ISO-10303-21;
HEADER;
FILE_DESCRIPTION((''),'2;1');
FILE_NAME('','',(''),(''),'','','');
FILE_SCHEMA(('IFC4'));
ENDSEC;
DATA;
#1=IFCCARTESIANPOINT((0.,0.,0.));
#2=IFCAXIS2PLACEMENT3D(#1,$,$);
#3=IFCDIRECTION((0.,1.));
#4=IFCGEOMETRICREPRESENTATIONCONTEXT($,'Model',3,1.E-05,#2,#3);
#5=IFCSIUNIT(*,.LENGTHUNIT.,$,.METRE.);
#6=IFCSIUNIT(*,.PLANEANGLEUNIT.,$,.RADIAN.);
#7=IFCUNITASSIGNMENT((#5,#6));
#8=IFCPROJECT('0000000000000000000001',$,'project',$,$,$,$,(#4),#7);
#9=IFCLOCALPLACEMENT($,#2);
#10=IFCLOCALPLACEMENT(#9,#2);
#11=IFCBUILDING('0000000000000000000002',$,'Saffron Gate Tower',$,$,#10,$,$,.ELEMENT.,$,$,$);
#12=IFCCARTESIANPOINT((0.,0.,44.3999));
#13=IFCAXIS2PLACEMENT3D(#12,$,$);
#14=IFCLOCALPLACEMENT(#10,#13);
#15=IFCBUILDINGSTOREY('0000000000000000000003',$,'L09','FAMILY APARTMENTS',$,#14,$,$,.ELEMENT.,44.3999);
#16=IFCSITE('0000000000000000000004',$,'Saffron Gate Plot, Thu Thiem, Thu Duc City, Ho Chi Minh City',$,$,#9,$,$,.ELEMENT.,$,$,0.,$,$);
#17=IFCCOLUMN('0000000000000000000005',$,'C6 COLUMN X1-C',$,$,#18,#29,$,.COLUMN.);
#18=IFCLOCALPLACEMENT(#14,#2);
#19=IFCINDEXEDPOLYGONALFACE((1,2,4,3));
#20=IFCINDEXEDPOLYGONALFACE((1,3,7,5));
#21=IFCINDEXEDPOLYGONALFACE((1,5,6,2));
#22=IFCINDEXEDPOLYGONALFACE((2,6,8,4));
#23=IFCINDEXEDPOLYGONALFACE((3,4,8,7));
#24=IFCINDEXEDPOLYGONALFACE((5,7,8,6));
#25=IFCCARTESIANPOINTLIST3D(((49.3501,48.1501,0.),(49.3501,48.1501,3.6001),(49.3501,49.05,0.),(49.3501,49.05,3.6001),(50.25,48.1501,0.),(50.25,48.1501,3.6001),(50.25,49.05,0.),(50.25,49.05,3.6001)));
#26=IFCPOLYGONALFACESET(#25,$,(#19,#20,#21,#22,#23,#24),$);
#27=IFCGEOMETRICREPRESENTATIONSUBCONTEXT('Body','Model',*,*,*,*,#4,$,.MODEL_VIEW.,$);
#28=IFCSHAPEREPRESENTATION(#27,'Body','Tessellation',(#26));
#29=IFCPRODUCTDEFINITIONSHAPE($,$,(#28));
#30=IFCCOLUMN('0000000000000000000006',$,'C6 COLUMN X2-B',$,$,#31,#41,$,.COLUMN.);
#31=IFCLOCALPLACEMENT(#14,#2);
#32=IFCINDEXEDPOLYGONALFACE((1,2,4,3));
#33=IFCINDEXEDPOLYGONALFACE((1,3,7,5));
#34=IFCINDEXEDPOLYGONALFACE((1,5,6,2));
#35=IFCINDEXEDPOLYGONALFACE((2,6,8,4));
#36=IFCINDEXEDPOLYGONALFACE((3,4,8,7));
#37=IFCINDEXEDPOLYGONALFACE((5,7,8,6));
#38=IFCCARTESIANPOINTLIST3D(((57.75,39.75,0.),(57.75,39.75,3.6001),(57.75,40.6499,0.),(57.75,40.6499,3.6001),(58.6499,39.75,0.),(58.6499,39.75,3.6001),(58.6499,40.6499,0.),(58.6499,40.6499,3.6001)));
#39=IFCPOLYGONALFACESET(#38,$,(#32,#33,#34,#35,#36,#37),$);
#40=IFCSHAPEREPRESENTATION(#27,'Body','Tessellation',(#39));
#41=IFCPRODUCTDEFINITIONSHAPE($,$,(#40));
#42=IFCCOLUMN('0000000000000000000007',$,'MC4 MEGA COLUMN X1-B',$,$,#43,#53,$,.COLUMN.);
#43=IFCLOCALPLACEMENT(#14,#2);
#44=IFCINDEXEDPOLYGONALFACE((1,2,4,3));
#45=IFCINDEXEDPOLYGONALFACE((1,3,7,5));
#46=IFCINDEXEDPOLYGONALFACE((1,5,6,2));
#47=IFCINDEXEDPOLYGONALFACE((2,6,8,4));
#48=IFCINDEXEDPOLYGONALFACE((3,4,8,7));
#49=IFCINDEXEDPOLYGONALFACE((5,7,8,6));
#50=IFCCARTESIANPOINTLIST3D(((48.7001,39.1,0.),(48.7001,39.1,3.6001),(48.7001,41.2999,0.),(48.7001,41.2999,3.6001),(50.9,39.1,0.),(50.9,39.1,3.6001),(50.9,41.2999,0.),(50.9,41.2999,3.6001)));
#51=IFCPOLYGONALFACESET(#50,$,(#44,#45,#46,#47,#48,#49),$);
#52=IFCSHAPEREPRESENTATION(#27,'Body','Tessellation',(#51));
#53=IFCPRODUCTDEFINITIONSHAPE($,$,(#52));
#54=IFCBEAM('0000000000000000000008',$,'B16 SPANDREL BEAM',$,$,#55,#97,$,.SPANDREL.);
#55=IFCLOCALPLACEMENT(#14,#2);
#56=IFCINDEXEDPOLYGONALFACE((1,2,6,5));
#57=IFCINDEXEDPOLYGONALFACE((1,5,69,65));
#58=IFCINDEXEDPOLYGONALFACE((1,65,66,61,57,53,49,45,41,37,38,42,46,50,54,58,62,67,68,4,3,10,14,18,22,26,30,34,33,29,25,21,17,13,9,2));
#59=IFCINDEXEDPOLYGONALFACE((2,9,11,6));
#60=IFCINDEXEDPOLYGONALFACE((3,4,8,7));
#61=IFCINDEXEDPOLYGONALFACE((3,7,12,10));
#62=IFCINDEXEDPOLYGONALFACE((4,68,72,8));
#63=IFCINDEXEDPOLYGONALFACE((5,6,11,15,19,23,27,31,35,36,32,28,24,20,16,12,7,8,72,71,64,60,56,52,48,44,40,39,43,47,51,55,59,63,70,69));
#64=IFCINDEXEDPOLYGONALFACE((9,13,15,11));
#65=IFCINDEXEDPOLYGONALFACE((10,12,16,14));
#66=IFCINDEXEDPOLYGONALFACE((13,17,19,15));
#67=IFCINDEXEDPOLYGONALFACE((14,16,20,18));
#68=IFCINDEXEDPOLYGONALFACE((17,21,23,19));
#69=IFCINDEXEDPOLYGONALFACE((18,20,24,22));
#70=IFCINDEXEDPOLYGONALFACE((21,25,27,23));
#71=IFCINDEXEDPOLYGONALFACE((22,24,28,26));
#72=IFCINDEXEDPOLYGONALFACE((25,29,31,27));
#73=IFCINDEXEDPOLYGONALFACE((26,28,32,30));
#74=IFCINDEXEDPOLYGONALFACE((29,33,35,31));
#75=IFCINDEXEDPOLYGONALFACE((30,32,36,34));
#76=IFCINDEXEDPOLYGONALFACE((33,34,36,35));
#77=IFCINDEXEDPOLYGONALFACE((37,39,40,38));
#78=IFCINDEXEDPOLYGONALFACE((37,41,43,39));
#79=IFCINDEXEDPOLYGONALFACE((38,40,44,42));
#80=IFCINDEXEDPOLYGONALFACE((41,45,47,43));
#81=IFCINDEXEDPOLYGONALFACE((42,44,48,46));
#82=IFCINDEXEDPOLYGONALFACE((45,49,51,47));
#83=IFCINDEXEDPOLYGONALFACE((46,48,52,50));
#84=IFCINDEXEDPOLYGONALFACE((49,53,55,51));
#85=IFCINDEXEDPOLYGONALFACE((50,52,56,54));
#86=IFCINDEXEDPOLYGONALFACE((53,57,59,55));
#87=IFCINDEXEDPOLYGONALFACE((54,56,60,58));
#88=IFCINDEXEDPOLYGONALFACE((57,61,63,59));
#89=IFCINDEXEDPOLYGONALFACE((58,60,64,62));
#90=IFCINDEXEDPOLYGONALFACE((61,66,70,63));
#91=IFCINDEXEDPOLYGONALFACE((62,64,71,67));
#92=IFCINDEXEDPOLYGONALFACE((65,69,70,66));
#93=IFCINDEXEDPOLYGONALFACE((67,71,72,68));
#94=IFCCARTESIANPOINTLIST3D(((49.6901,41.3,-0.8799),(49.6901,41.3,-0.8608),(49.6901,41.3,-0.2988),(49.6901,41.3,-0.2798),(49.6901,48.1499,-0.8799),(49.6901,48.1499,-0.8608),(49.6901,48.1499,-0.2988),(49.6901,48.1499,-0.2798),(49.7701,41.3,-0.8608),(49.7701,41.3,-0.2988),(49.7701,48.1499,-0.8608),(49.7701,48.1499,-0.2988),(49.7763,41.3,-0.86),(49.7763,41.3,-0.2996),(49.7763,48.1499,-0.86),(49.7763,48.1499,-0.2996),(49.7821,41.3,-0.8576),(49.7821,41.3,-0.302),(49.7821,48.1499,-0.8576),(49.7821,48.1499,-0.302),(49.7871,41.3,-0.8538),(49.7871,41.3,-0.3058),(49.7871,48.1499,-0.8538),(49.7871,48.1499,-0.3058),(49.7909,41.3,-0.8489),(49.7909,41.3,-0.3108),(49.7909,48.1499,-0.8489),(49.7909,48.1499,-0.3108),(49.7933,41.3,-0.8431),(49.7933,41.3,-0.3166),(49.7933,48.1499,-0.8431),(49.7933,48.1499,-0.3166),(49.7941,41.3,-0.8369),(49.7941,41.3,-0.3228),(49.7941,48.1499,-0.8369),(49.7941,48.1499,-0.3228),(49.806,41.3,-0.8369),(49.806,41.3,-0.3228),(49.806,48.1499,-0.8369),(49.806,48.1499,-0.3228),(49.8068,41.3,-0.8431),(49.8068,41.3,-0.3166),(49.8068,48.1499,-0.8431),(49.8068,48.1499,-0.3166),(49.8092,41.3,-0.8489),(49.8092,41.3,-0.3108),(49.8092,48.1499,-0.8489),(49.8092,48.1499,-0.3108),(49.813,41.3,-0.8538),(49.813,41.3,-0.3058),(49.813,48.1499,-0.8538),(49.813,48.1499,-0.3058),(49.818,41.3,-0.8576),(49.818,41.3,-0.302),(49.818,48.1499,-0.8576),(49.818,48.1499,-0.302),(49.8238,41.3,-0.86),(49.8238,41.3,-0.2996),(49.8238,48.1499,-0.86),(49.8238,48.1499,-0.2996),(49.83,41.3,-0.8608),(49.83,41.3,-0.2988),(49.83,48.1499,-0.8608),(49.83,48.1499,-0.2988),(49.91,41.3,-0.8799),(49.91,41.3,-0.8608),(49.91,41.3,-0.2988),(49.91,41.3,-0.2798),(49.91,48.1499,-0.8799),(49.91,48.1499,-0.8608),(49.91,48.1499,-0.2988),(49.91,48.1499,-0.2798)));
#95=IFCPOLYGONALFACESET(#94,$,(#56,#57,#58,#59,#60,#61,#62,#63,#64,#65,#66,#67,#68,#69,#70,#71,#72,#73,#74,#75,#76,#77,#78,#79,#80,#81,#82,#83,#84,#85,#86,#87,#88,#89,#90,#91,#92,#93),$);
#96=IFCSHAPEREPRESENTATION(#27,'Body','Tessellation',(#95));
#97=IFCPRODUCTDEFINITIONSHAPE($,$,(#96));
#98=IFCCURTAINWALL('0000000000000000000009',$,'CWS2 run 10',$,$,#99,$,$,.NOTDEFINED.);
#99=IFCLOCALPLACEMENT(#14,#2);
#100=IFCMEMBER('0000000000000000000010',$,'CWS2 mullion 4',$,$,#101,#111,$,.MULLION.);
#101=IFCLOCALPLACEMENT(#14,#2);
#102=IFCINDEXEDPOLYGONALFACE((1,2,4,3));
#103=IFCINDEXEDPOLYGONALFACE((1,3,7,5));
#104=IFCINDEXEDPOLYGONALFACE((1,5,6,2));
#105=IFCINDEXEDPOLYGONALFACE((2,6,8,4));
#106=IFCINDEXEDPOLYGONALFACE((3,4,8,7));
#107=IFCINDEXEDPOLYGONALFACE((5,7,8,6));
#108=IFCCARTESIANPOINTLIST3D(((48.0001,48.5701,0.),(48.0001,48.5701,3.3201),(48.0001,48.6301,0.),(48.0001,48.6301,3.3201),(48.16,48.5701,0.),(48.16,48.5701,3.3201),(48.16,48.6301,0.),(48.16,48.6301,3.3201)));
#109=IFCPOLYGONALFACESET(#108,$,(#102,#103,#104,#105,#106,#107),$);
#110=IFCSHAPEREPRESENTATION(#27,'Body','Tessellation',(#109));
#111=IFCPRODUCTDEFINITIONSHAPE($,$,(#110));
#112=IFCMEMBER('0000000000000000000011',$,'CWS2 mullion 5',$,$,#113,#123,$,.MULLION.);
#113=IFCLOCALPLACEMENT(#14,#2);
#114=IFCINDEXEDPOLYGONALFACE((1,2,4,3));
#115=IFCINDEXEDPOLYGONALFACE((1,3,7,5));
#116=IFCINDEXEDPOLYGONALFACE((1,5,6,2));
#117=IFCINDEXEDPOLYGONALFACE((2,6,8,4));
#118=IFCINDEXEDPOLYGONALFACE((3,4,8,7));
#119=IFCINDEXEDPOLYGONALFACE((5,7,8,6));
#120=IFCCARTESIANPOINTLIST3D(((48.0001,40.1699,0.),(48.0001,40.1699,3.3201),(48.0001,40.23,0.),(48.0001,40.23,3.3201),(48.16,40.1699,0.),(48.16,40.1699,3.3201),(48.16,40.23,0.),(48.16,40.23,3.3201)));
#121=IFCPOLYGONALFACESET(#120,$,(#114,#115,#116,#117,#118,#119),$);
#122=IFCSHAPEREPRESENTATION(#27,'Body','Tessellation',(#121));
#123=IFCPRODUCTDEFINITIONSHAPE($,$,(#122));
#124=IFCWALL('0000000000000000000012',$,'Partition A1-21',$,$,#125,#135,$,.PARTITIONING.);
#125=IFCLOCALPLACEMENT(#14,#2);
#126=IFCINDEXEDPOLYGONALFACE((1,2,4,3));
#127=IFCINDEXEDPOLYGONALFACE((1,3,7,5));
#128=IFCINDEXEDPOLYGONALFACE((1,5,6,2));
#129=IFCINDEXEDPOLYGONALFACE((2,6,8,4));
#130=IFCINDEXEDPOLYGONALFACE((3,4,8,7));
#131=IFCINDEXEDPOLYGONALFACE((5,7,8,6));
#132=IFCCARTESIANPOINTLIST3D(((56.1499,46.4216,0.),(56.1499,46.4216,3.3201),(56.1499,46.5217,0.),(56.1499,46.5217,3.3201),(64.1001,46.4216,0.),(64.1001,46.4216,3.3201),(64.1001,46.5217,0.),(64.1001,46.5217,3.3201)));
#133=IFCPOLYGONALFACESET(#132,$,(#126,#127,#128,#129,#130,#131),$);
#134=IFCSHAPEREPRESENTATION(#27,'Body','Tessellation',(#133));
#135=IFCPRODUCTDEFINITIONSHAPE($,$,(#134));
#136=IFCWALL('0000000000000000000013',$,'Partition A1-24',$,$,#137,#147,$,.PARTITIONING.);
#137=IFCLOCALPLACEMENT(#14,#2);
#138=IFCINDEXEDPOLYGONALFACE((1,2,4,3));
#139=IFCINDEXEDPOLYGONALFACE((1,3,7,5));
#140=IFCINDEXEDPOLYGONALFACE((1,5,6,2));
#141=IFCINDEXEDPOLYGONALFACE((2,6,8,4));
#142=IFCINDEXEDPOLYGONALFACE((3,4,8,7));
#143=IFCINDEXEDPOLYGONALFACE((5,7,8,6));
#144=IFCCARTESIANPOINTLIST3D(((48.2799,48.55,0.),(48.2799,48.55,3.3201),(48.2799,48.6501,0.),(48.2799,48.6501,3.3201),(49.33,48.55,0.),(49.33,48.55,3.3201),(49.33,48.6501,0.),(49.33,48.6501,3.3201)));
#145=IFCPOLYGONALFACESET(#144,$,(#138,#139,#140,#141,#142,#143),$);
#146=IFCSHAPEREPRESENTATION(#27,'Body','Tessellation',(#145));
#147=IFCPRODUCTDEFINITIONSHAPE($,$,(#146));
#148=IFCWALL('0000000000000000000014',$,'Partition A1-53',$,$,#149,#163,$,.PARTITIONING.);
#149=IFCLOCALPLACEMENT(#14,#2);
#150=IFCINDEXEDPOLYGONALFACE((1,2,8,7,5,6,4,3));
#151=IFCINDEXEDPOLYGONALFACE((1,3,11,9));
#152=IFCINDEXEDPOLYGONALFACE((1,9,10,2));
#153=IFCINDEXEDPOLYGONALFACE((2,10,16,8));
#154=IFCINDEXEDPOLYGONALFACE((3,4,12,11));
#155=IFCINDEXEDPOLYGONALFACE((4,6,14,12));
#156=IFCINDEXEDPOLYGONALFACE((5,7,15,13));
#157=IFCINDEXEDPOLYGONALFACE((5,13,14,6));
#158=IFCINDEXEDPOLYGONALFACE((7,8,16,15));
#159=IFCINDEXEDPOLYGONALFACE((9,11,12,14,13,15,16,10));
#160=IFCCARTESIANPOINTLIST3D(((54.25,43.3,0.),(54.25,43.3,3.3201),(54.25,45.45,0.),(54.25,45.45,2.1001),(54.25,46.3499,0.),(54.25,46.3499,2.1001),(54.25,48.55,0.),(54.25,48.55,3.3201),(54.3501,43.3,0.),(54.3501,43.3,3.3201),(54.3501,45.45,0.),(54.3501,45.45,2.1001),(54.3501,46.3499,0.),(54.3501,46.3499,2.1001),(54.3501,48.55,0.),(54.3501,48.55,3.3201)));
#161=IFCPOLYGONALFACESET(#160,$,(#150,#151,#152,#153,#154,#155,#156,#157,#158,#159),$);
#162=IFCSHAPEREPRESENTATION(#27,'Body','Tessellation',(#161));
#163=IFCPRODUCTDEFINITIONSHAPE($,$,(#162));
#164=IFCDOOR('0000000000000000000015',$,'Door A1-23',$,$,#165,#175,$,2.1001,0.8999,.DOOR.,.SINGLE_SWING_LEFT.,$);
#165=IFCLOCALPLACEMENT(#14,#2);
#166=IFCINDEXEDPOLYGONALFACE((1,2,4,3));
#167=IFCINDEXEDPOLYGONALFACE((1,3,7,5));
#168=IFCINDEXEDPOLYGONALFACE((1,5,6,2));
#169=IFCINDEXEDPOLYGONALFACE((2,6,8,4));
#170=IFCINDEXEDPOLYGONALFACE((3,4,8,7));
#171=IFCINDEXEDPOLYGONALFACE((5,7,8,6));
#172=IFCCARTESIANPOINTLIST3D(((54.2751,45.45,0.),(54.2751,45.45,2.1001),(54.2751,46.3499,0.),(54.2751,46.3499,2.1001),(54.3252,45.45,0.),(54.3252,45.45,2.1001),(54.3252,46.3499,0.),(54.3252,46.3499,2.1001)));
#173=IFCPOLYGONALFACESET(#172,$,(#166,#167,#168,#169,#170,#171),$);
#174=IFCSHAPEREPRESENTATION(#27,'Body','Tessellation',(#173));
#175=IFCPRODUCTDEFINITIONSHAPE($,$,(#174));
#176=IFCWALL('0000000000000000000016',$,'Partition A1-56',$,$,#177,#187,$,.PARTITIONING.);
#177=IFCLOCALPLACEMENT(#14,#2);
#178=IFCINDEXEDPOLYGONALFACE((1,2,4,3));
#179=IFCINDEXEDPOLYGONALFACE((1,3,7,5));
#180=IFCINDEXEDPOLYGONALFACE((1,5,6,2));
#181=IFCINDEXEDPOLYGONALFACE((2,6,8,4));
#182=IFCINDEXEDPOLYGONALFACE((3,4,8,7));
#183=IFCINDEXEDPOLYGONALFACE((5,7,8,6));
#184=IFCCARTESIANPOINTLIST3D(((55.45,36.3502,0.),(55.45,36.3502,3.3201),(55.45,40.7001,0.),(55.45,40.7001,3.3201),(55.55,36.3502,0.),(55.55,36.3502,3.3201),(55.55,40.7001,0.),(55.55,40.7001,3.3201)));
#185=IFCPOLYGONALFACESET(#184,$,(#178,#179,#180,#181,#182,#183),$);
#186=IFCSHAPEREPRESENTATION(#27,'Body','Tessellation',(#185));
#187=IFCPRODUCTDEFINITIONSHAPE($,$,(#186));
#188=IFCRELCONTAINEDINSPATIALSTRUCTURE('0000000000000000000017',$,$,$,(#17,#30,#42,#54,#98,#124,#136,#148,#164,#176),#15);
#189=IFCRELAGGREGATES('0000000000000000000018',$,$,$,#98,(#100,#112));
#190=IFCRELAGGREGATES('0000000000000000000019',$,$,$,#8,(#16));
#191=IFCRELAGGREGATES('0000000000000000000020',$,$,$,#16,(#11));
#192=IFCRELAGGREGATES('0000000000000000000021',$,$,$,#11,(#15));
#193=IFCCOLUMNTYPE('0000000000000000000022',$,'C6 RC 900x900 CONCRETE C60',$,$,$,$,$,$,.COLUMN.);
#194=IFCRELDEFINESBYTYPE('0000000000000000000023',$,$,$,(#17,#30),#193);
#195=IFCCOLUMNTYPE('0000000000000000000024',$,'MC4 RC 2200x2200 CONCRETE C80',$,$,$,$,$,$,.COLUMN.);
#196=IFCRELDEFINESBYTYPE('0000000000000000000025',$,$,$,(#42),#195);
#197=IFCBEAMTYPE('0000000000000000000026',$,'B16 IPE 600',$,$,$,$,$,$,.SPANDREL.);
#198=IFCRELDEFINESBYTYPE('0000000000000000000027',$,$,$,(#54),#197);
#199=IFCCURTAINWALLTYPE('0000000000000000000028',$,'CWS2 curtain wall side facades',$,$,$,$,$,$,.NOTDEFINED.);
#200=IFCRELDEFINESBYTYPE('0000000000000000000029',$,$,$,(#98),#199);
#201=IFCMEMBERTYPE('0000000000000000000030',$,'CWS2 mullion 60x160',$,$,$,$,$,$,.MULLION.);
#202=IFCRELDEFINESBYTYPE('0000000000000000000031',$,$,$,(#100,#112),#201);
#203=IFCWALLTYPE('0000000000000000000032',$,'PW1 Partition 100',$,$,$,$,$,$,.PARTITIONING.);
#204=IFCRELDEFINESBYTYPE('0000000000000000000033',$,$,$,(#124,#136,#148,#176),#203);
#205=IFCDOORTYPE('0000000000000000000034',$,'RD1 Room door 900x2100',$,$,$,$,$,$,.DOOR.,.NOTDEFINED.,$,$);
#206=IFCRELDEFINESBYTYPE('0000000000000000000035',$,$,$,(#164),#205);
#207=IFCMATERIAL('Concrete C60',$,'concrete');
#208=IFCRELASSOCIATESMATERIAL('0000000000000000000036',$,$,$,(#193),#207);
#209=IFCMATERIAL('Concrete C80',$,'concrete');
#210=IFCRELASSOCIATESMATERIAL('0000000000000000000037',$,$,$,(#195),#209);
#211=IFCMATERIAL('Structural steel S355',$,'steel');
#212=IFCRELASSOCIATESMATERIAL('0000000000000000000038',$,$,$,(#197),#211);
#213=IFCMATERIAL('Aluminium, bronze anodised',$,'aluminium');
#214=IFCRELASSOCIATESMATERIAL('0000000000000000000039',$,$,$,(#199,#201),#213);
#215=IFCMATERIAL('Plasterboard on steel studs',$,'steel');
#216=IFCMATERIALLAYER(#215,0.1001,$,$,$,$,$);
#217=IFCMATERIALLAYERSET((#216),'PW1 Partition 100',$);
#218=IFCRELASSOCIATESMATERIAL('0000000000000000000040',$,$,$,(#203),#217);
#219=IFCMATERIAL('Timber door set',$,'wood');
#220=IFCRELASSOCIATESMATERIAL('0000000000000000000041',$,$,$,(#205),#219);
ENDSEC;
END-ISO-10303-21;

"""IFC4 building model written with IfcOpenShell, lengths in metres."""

from ifc_helpers import new_model, si_unit, direction, frame, frame_2d, origin, origin_2d, place, context, subcontext, project, spatial, rectangle, i_section, extrude, material, layer, layer_set, material_profile, profile_set, type_object, element, fill, aggregate, save


model = new_model("IFC4")

# Units and contexts
model_context = context("Model", 3, precision=1e-05, world=origin(), true_north=direction((0.0, 1.0)))
body_context = subcontext(model_context, "Body", "Model", "MODEL_VIEW")
ifc_project = project(units=[si_unit("LENGTHUNIT", "METRE"), si_unit("PLANEANGLEUNIT", "RADIAN")], contexts=[model_context])

# Site, building, storey
site_placement = place(None, origin())
site = spatial("IfcSite", under=ifc_project, at=site_placement, Name="Saffron Gate Plot, Thu Thiem, Thu Duc City, Ho Chi Minh City", CompositionType="ELEMENT", RefElevation=0.0)
building_placement = place(site_placement, origin())
building = spatial("IfcBuilding", under=site, at=building_placement, Name="Saffron Gate Tower", CompositionType="ELEMENT")
storey_placement = place(building_placement, frame((0.0, 0.0, 44.3999)))
storey = spatial("IfcBuildingStorey", under=building, at=storey_placement, Name="L09", Description="FAMILY APARTMENTS", CompositionType="ELEMENT", Elevation=44.3999)

# Columns
ifc_material_1 = material(Name="Concrete C60", Category="concrete")
ifc_material_profile_1 = material_profile(ifc_material_1, rectangle(XDim=0.8999, YDim=0.8999, at=origin_2d()))
ifc_profile_set_1 = profile_set([ifc_material_profile_1], Name="Concrete C60")
column_type_1 = type_object("IfcColumnType", Name="C6 RC 900x900 CONCRETE C60", PredefinedType="COLUMN", material=ifc_profile_set_1)
for number, where, z_axis, x_axis, name in (
    (1, (49.8, 48.6001, 0.0), (0.0, 0.0, 1.0), (1.0, 0.0, 0.0), "C6 COLUMN X1-C"),
    (2, (58.2, 40.2, 0.0), (0.0, 0.0, 1.0), (1.0, 0.0, 0.0), "C6 COLUMN X2-B"),
):
    element("IfcColumn", number, at=place(storey_placement, frame(where, z_axis=z_axis, x_axis=x_axis)), inside=storey, type_object=column_type_1, Name=name, PredefinedType="COLUMN", context=body_context, shape_type="SweptSolid", body=[
        extrude(rectangle(XDim=0.8999, YDim=0.8999, at=origin_2d()), origin(), (0.0, 0.0, 1.0), 3.6001),
    ])
ifc_material_2 = material(Name="Concrete C80", Category="concrete")
ifc_material_profile_2 = material_profile(ifc_material_2, rectangle(XDim=2.2, YDim=2.2, at=origin_2d()))
ifc_profile_set_2 = profile_set([ifc_material_profile_2], Name="Concrete C80")
column_type_2 = type_object("IfcColumnType", Name="MC4 RC 2200x2200 CONCRETE C80", PredefinedType="COLUMN", material=ifc_profile_set_2)
column_placement = place(storey_placement, frame((49.8, 40.2, 0.0), z_axis=(0.0, 0.0, 1.0), x_axis=(1.0, 0.0, 0.0)))
element("IfcColumn", 3, at=column_placement, inside=storey, type_object=column_type_2, Name="MC4 MEGA COLUMN X1-B", PredefinedType="COLUMN", context=body_context, shape_type="SweptSolid", body=[
    extrude(rectangle(XDim=2.2, YDim=2.2, at=origin_2d()), origin(), (0.0, 0.0, 1.0), 3.6001),
])

# Beam
ifc_material_3 = material(Name="Structural steel S355", Category="steel")
ifc_material_profile_3 = material_profile(ifc_material_3, i_section(OverallWidth=0.22, OverallDepth=0.6001, WebThickness=0.012, FlangeThickness=0.019, FilletRadius=0.0239, at=origin_2d()))
ifc_profile_set_3 = profile_set([ifc_material_profile_3], Name="Structural steel S355")
beam_type = type_object("IfcBeamType", Name="B16 IPE 600", PredefinedType="SPANDREL", material=ifc_profile_set_3)
beam_placement = place(storey_placement, frame((49.8, 41.3, -0.5798), z_axis=(0.0, 1.0, 0.0), x_axis=(-1.0, 0.0, 0.0)))
element("IfcBeam", 4, at=beam_placement, inside=storey, type_object=beam_type, Name="B16 SPANDREL BEAM", PredefinedType="SPANDREL", context=body_context, shape_type="SweptSolid", body=[
    extrude(i_section(OverallWidth=0.22, OverallDepth=0.6001, WebThickness=0.012, FlangeThickness=0.019, FilletRadius=0.0239, at=origin_2d()), origin(), (0.0, 0.0, 1.0), 6.8499),
])

# Curtain wall, members
ifc_material_4 = material(Name="Aluminium, bronze anodised", Category="aluminium")
curtain_wall_type = type_object("IfcCurtainWallType", Name="CWS2 curtain wall side facades", PredefinedType="NOTDEFINED", material=ifc_material_4)
curtain_wall_placement = place(storey_placement, origin())
curtain_wall = element("IfcCurtainWall", 5, at=curtain_wall_placement, inside=storey, type_object=curtain_wall_type, Name="CWS2 run 10", PredefinedType="NOTDEFINED")
ifc_material_profile_4 = material_profile(ifc_material_4, rectangle(XDim=0.1599, YDim=0.0601, at=origin_2d()))
ifc_profile_set_4 = profile_set([ifc_material_profile_4], Name="Aluminium, bronze anodised")
member_type = type_object("IfcMemberType", Name="CWS2 mullion 60x160", PredefinedType="MULLION", material=ifc_profile_set_4)
member_1_placement = place(storey_placement, frame((48.0801, 48.6001, 0.0), z_axis=(0.0, 0.0, 1.0), x_axis=(1.0, 0.0, 0.0)))
member_1 = element("IfcMember", 6, at=member_1_placement, type_object=member_type, Name="CWS2 mullion 4", PredefinedType="MULLION", context=body_context, shape_type="SweptSolid", body=[
    extrude(rectangle(XDim=0.1599, YDim=0.0601, at=origin_2d()), origin(), (0.0, 0.0, 1.0), 3.3201),
])
member_2_placement = place(storey_placement, frame((48.0801, 40.2, 0.0), z_axis=(0.0, 0.0, 1.0), x_axis=(1.0, 0.0, 0.0)))
member_2 = element("IfcMember", 7, at=member_2_placement, type_object=member_type, Name="CWS2 mullion 5", PredefinedType="MULLION", context=body_context, shape_type="SweptSolid", body=[
    extrude(rectangle(XDim=0.1599, YDim=0.0601, at=origin_2d()), origin(), (0.0, 0.0, 1.0), 3.3201),
])
aggregate(curtain_wall, [member_1, member_2])

# Walls
ifc_material_5 = material(Name="Plasterboard on steel studs", Category="steel")
ifc_layer_1 = layer(ifc_material_5, 0.1001)
ifc_layer_set_1 = layer_set([ifc_layer_1], Name="PW1 Partition 100")
wall_type_1 = type_object("IfcWallType", Name="PW1 Partition 100", PredefinedType="PARTITIONING", material=ifc_layer_set_1)
wall_1_placement = place(storey_placement, frame((56.1499, 46.4717, 0.0), z_axis=(0.0, 0.0, 1.0), x_axis=(1.0, 0.0, 0.0)))
element("IfcWall", 8, at=wall_1_placement, inside=storey, type_object=wall_type_1, Name="Partition A1-21", PredefinedType="PARTITIONING", context=body_context, shape_type="SweptSolid", body=[
    extrude(rectangle(XDim=7.9502, YDim=0.1001, at=frame_2d((3.9751, 0.0))), origin(), (0.0, 0.0, 1.0), 3.3201),
])
wall_2_placement = place(storey_placement, frame((48.28, 48.6001, 0.0), z_axis=(0.0, 0.0, 1.0), x_axis=(1.0, 0.0, 0.0)))
element("IfcWall", 9, at=wall_2_placement, inside=storey, type_object=wall_type_1, Name="Partition A1-24", PredefinedType="PARTITIONING", context=body_context, shape_type="SweptSolid", body=[
    extrude(rectangle(XDim=1.05, YDim=0.1001, at=frame_2d((0.5249, 0.0))), origin(), (0.0, 0.0, 1.0), 3.3201),
])

# Wall, opening, door
wall_3_placement = place(storey_placement, frame((54.3, 43.3, 0.0), z_axis=(0.0, 0.0, 1.0), x_axis=(0.0, 1.0, 0.0)))
wall_3 = element("IfcWall", 10, at=wall_3_placement, inside=storey, type_object=wall_type_1, Name="Partition A1-53", PredefinedType="PARTITIONING", context=body_context, shape_type="SweptSolid", body=[
    extrude(rectangle(XDim=5.25, YDim=0.1001, at=frame_2d((2.625, 0.0))), origin(), (0.0, 0.0, 1.0), 3.3201),
])
opening_1_placement = place(wall_3_placement, frame((2.1499, 0.0, 0.0)))
opening_1 = element("IfcOpeningElement", 11, at=opening_1_placement, cuts=wall_3, PredefinedType="OPENING", context=body_context, shape_type="SweptSolid", body=[
    extrude(rectangle(XDim=0.8999, YDim=2.1001, at=frame_2d((0.45, 1.05))), frame((0.0, 0.0601, 0.0), z_axis=(0.0, -1.0, 0.0), x_axis=(1.0, 0.0, 0.0)), (0.0, 0.0, 1.0), 0.1201),
])
ifc_material_6 = material(Name="Timber door set", Category="wood")
door_type_1 = type_object("IfcDoorType", Name="RD1 Room door 900x2100", OperationType="NOTDEFINED", PredefinedType="DOOR", material=ifc_material_6)
door_1_placement = place(opening_1_placement, origin())
door_1 = element("IfcDoor", 12, at=door_1_placement, inside=storey, type_object=door_type_1, Name="Door A1-23", OperationType="SINGLE_SWING_LEFT", OverallHeight=2.1001, OverallWidth=0.8999, PredefinedType="DOOR", context=body_context, shape_type="SweptSolid", body=[
    extrude(rectangle(XDim=0.8999, YDim=2.1001, at=frame_2d((0.45, 1.05))), frame((0.0, 0.0249, 0.0), z_axis=(0.0, -1.0, 0.0), x_axis=(1.0, 0.0, 0.0)), (0.0, 0.0, 1.0), 0.05),
])
fill(opening_1, door_1)

# Wall
wall_4_placement = place(storey_placement, frame((55.5, 40.7, 0.0), z_axis=(0.0, 0.0, 1.0), x_axis=(0.0, -1.0, 0.0)))
element("IfcWall", 13, at=wall_4_placement, inside=storey, type_object=wall_type_1, Name="Partition A1-56", PredefinedType="PARTITIONING", context=body_context, shape_type="SweptSolid", body=[
    extrude(rectangle(XDim=4.3499, YDim=0.1001, at=frame_2d((2.1748, 0.0))), origin(), (0.0, 0.0, 1.0), 3.3201),
])

save(model, "model.ifc")
